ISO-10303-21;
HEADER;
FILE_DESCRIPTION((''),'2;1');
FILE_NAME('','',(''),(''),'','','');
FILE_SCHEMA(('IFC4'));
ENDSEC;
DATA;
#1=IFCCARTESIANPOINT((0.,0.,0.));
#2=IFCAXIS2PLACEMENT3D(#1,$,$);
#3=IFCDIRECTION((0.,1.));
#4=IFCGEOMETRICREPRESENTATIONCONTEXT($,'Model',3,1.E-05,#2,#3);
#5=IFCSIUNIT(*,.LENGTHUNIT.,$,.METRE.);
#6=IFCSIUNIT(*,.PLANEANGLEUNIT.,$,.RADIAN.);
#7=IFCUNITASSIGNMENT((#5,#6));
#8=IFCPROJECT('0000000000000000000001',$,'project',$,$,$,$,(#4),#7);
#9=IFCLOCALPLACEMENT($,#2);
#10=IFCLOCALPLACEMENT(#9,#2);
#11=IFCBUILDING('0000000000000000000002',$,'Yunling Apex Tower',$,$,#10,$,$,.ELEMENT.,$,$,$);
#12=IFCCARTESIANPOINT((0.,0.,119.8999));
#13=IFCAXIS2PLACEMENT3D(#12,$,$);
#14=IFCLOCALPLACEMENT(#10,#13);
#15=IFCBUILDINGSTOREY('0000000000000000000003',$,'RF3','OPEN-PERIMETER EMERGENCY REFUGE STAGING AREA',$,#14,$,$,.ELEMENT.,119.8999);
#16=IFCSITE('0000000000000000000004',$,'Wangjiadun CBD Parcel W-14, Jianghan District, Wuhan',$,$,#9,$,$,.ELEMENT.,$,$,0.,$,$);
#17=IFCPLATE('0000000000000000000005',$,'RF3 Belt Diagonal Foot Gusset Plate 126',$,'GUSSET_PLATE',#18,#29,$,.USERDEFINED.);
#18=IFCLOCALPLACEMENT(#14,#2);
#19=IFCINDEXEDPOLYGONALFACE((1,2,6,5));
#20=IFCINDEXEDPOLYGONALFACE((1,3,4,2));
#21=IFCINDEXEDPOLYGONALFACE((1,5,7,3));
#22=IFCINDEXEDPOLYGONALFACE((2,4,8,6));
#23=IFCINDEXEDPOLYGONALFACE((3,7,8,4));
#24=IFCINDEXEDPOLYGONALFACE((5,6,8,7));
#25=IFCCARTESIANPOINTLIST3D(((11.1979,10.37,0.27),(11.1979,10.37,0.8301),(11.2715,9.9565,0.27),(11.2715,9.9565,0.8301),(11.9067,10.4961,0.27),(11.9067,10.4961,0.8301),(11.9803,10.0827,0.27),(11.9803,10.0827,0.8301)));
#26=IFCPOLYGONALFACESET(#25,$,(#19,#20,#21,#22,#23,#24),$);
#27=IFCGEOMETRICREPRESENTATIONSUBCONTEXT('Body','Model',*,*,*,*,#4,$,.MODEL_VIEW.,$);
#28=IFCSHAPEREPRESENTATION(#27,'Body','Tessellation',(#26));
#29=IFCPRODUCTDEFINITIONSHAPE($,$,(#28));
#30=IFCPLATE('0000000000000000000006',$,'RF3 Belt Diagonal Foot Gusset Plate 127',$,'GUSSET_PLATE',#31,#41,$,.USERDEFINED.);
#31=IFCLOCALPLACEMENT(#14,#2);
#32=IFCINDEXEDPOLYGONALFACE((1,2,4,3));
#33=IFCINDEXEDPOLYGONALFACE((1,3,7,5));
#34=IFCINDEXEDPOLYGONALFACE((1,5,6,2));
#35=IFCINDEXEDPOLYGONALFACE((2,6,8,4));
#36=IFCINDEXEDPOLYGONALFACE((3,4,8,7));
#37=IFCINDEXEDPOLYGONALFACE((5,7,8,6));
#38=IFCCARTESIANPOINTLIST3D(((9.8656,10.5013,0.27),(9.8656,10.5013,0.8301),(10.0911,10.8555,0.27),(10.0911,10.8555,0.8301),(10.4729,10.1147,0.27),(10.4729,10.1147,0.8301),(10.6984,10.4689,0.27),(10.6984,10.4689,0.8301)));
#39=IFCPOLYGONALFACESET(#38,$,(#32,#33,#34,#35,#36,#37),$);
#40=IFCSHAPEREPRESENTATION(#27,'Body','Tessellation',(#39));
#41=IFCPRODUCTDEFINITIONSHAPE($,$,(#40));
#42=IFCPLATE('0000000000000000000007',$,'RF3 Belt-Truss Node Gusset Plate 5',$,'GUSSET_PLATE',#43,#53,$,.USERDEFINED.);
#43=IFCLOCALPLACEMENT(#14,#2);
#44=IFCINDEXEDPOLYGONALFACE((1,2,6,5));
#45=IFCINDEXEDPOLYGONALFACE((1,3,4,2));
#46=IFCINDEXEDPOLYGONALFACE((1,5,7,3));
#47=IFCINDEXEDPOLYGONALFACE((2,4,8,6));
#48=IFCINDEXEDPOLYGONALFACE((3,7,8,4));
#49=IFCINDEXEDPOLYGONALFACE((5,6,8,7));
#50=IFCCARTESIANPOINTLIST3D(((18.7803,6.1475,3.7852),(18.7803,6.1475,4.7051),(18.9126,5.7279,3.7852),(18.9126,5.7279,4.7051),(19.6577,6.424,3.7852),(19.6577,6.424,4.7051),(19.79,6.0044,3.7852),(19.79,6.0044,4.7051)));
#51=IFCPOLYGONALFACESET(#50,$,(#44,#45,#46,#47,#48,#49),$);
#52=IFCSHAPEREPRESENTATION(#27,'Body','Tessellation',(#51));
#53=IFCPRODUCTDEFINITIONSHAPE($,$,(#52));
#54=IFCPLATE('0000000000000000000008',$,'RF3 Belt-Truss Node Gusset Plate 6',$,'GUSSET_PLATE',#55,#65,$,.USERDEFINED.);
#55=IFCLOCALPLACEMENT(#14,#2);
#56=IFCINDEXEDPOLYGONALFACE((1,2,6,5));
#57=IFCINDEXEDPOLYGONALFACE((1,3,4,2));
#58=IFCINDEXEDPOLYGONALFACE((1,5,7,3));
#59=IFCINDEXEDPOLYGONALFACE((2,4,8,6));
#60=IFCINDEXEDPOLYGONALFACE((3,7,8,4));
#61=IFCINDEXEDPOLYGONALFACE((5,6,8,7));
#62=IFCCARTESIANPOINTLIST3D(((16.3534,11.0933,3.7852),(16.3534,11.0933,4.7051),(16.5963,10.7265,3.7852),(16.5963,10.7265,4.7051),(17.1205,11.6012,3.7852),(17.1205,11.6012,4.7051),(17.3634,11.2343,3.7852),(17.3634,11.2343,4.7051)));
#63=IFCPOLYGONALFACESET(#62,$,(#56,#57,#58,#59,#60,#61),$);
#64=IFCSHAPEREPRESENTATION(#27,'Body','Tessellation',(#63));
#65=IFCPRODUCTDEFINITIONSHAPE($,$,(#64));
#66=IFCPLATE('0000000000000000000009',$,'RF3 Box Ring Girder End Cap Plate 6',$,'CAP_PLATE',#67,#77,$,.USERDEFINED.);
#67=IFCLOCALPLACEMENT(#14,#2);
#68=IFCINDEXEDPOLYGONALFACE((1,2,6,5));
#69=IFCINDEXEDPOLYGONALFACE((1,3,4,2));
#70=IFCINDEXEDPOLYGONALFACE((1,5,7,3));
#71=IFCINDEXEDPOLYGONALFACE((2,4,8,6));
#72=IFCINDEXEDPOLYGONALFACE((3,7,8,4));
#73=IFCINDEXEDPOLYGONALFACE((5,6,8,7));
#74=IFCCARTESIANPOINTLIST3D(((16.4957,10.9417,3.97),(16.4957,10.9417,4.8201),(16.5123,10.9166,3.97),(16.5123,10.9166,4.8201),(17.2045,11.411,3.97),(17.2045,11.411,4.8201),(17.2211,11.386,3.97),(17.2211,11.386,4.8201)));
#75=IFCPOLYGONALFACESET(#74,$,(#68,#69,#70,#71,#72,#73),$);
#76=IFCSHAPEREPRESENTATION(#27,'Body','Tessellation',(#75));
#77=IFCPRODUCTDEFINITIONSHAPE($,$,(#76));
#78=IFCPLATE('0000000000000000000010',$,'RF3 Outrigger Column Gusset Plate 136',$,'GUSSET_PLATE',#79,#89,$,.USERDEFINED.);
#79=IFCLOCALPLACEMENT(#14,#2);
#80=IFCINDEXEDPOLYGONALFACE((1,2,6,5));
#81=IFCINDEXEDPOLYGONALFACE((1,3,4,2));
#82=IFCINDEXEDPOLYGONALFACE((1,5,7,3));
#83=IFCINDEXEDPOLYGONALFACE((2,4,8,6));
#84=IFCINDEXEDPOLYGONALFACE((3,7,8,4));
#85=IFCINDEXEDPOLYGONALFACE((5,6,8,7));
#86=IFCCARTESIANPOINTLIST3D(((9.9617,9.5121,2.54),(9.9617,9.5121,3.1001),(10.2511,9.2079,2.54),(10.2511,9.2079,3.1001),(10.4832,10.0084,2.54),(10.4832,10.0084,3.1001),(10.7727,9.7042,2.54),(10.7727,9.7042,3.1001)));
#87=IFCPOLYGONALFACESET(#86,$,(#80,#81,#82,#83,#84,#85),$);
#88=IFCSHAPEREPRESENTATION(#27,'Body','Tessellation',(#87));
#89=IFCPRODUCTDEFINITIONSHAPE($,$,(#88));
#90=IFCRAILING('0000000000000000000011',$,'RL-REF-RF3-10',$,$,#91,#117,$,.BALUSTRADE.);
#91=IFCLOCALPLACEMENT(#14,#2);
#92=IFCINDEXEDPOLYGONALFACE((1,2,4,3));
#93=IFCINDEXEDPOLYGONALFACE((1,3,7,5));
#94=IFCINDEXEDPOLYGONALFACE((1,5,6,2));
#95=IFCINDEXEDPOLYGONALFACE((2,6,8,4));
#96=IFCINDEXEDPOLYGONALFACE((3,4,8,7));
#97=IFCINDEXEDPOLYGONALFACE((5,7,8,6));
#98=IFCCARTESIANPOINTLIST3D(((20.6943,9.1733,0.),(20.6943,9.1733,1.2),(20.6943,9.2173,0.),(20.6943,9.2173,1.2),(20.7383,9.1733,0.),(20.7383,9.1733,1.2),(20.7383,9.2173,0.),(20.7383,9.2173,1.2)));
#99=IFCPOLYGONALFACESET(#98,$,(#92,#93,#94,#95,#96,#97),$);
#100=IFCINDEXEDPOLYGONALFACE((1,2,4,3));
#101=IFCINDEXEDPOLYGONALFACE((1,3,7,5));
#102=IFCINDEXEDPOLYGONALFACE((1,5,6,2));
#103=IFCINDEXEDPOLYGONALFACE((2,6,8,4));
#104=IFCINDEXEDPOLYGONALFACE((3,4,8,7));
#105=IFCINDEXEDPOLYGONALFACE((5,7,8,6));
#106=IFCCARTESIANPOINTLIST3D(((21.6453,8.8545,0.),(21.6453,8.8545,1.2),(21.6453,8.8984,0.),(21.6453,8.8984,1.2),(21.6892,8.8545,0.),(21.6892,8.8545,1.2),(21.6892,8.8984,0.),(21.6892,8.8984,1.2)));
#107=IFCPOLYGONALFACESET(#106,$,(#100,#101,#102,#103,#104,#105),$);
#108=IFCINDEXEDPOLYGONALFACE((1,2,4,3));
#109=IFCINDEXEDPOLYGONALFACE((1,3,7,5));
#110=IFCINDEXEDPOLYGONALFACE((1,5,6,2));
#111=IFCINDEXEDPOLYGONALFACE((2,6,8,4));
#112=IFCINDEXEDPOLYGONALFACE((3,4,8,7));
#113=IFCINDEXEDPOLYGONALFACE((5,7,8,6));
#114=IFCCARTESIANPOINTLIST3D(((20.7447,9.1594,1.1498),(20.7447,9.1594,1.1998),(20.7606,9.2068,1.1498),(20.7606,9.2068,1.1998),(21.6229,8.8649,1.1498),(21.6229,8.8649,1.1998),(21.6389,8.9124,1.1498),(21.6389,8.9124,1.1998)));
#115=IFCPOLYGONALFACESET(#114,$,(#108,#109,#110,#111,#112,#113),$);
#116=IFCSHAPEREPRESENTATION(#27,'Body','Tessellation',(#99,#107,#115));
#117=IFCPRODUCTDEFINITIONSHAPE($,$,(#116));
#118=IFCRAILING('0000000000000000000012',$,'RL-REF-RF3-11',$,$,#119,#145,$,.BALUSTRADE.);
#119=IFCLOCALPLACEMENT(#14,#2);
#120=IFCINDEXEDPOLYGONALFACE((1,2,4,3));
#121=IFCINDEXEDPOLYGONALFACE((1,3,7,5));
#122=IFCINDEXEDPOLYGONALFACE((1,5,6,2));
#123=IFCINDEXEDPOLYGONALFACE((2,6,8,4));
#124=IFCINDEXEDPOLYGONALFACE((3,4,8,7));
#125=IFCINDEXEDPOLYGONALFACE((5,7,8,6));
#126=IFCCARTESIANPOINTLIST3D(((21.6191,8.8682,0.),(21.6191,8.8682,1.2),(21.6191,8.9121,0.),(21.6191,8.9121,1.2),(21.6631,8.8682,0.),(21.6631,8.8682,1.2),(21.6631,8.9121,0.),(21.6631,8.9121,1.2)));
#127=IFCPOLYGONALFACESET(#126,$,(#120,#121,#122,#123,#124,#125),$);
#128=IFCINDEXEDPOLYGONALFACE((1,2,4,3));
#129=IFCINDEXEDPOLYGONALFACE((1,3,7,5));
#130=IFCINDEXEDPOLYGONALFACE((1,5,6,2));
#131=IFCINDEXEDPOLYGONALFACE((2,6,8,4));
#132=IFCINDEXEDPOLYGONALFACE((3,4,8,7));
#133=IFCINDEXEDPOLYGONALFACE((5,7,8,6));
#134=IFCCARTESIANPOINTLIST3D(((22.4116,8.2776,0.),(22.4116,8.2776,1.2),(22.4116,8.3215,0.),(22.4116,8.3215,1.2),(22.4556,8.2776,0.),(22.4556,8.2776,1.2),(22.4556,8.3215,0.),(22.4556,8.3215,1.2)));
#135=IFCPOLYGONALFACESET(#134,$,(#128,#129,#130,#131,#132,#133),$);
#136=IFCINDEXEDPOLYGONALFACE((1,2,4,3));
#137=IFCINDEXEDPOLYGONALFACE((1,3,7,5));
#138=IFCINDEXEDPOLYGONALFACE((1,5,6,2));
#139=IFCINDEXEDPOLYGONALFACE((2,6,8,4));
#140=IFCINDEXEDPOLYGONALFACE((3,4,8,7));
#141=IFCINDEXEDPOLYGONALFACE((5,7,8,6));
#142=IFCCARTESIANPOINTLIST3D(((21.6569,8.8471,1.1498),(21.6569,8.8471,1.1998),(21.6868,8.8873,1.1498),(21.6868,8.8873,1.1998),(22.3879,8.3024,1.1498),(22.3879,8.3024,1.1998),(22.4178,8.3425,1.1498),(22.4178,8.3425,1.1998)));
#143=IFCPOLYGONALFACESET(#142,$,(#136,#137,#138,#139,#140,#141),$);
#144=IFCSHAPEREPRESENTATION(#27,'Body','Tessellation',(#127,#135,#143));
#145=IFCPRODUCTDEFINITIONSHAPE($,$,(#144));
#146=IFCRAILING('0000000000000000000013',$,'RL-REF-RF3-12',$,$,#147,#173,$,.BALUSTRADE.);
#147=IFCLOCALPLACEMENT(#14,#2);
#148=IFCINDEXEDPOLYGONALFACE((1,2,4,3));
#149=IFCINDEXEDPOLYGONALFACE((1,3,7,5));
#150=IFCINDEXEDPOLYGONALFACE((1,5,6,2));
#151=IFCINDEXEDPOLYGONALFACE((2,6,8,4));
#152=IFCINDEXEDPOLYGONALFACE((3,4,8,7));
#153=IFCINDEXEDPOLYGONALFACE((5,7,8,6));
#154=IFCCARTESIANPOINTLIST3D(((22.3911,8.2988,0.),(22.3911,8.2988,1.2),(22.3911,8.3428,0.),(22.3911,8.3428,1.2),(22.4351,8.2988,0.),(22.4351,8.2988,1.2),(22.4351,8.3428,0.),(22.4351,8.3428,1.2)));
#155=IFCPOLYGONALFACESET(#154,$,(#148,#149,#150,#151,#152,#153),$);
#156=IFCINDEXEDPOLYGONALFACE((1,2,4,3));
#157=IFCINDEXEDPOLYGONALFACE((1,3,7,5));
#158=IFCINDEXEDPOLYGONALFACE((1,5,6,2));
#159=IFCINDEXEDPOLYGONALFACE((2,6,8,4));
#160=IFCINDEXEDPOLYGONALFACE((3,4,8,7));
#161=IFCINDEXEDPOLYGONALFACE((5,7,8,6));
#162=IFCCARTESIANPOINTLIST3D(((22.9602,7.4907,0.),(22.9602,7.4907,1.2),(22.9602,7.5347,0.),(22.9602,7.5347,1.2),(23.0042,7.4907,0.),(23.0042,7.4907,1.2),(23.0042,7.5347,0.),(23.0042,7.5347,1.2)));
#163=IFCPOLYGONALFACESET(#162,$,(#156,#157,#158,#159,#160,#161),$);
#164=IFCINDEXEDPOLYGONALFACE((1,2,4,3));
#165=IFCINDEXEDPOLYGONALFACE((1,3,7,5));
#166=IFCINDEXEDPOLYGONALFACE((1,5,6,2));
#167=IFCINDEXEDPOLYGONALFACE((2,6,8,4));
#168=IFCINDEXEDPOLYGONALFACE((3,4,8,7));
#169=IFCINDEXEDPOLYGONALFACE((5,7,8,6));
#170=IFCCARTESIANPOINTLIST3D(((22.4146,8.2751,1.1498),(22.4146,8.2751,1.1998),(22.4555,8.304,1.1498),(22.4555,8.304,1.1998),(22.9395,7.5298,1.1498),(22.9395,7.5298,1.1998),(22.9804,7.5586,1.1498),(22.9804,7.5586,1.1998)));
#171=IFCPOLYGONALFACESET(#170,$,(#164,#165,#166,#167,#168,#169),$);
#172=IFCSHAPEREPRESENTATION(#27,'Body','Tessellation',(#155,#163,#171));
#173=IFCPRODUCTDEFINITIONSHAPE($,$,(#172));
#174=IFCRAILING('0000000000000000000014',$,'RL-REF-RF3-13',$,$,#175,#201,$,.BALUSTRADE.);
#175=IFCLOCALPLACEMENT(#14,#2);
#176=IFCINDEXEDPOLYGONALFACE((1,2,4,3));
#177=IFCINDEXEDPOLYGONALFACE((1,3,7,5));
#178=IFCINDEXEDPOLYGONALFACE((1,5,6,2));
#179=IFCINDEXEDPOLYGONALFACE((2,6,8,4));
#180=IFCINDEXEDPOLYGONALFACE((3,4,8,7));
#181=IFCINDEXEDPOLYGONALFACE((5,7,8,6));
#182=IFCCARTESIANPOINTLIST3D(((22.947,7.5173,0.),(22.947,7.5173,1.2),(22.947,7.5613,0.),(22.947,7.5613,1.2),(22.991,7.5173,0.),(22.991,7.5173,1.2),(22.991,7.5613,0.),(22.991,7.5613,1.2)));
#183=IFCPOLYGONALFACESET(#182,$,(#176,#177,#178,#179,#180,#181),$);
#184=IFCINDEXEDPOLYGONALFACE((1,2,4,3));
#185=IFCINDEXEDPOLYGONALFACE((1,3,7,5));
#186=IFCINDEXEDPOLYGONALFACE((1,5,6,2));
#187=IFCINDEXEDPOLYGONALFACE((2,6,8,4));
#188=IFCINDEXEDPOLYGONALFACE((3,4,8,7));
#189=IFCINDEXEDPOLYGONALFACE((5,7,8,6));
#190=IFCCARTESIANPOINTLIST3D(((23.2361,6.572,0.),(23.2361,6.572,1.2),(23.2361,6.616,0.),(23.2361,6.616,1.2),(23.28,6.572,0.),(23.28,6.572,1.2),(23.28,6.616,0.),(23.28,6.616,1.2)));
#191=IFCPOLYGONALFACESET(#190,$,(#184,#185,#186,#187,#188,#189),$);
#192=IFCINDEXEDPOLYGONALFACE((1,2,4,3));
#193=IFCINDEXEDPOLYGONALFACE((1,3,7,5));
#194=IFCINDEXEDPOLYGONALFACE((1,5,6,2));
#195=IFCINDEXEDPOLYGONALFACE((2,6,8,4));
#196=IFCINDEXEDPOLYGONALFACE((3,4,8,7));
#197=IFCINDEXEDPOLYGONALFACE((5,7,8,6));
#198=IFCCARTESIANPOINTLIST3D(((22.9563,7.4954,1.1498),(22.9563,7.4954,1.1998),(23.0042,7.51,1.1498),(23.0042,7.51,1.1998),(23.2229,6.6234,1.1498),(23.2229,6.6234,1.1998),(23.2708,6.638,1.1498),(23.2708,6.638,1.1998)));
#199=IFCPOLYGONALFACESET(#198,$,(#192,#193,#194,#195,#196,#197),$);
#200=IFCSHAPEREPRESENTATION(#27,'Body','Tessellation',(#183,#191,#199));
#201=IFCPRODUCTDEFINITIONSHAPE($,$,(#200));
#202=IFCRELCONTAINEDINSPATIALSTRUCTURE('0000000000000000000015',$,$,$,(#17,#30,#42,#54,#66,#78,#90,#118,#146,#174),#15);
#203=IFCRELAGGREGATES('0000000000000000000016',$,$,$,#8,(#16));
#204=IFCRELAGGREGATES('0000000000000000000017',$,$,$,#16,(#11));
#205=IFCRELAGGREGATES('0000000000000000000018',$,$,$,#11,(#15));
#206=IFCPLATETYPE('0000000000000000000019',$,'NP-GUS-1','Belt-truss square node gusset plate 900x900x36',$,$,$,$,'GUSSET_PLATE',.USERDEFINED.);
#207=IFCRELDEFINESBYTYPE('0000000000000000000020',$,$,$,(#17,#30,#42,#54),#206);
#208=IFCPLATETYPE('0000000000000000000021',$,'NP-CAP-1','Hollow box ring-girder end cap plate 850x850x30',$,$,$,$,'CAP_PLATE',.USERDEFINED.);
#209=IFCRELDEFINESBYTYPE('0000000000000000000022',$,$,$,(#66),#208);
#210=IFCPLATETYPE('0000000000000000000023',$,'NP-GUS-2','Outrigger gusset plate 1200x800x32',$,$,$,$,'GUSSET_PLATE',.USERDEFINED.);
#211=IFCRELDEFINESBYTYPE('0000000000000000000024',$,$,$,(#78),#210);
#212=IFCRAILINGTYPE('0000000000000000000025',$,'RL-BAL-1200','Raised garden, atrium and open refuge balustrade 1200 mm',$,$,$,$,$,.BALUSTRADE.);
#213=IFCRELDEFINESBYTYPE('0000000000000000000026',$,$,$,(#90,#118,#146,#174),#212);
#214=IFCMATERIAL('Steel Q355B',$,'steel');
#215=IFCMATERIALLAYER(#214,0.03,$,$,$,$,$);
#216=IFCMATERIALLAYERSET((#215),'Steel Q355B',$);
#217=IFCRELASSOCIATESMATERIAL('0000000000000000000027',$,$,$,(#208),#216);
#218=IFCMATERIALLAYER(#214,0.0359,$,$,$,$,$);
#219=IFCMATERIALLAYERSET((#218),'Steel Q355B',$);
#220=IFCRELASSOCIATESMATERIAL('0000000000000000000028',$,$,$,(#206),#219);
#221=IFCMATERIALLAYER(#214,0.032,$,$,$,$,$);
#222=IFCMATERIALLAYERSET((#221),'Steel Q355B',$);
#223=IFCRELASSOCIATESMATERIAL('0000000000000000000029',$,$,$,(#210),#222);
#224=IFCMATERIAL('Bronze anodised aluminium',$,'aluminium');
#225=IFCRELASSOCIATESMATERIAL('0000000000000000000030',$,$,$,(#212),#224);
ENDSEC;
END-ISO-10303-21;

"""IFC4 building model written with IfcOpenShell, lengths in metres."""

from ifc_helpers import new_model, si_unit, direction, frame, origin, origin_2d, place, context, subcontext, project, spatial, rectangle, extrude, source, transform, mapped, material, layer, layer_set, type_object, element, save


model = new_model("IFC4")

# Units and contexts
model_context = context("Model", 3, precision=1e-05, world=origin(), true_north=direction((0.0, 1.0)))
body_context = subcontext(model_context, "Body", "Model", "MODEL_VIEW")
ifc_project = project(units=[si_unit("LENGTHUNIT", "METRE"), si_unit("PLANEANGLEUNIT", "RADIAN")], contexts=[model_context])

# Site, building, storey
site_placement = place(None, origin())
site = spatial("IfcSite", under=ifc_project, at=site_placement, Name="Wangjiadun CBD Parcel W-14, Jianghan District, Wuhan", CompositionType="ELEMENT", RefElevation=0.0)
building_placement = place(site_placement, origin())
building = spatial("IfcBuilding", under=site, at=building_placement, Name="Yunling Apex Tower", CompositionType="ELEMENT")
storey_placement = place(building_placement, frame((0.0, 0.0, 119.8999)))
storey = spatial("IfcBuildingStorey", under=building, at=storey_placement, Name="RF3", Description="OPEN-PERIMETER EMERGENCY REFUGE STAGING AREA", CompositionType="ELEMENT", Elevation=119.8999)

# Shared definitions
ifc_material_1 = material(Name="Steel Q355B", Category="steel")

# Plates
ifc_layer_1 = layer(ifc_material_1, 0.03)
ifc_layer_set_1 = layer_set([ifc_layer_1], Name="Steel Q355B")
plate_type_1 = type_object("IfcPlateType", Name="NP-CAP-1", Description="Hollow box ring-girder end cap plate 850x850x30", ElementType="CAP_PLATE", PredefinedType="USERDEFINED", material=ifc_layer_set_1)
ifc_layer_2 = layer(ifc_material_1, 0.0359)
ifc_layer_set_2 = layer_set([ifc_layer_2], Name="Steel Q355B")
plate_type_2 = type_object("IfcPlateType", Name="NP-GUS-1", Description="Belt-truss square node gusset plate 900x900x36", ElementType="GUSSET_PLATE", PredefinedType="USERDEFINED", material=ifc_layer_set_2)
shared_shape_1 = source(origin(), body_context, "Body", "SweptSolid", [
    extrude(rectangle(XDim=0.72, YDim=0.4199, at=origin_2d()), origin(), (0.0, 0.0, 1.0), 0.5601),
])
for number, where, z_axis, x_axis, name in (
    (1, (11.5891, 10.2263, 0.27), (0.0, 0.0, 1.0), (0.984534, 0.175195, 0.0), "RF3 Belt Diagonal Foot Gusset Plate 126"),
    (2, (10.282, 10.4851, 0.27), (0.0, 0.0, 1.0), (-0.843579, 0.537005, 0.0), "RF3 Belt Diagonal Foot Gusset Plate 127"),
):
    element("IfcPlate", number, at=place(storey_placement, frame(where, z_axis=z_axis, x_axis=x_axis)), inside=storey, type_object=plate_type_2, Name=name, ObjectType="GUSSET_PLATE", PredefinedType="USERDEFINED", context=body_context, shape_type="MappedRepresentation", body=[
        mapped(shared_shape_1, transform((0.0, 0.0, 0.0), scale=1.0)),
    ])
shared_shape_2 = source(origin(), body_context, "Body", "SweptSolid", [
    extrude(rectangle(XDim=0.9199, YDim=0.4399, at=origin_2d()), origin(), (0.0, 0.0, 1.0), 0.9199),
])
for number, where, z_axis, x_axis, name in (
    (3, (19.2852, 6.0759, 3.7852), (0.0, 0.0, 1.0), (0.953769, 0.300539, 0.0), "RF3 Belt-Truss Node Gusset Plate 5"),
    (4, (16.8584, 11.1638, 3.7852), (0.0, 0.0, 1.0), (0.833789, 0.552083, 0.0), "RF3 Belt-Truss Node Gusset Plate 6"),
):
    element("IfcPlate", number, at=place(storey_placement, frame(where, z_axis=z_axis, x_axis=x_axis)), inside=storey, type_object=plate_type_2, Name=name, ObjectType="GUSSET_PLATE", PredefinedType="USERDEFINED", context=body_context, shape_type="MappedRepresentation", body=[
        mapped(shared_shape_2, transform((0.0, 0.0, 0.0), scale=1.0)),
    ])
shared_shape_3 = source(origin(), body_context, "Body", "SweptSolid", [
    extrude(rectangle(XDim=0.8501, YDim=0.03, at=origin_2d()), origin(), (0.0, 0.0, 1.0), 0.8501),
])
plate_1_placement = place(storey_placement, frame((16.8584, 11.1638, 3.97), z_axis=(0.0, 0.0, 1.0), x_axis=(0.833789, 0.552083, 0.0)))
element("IfcPlate", 5, at=plate_1_placement, inside=storey, type_object=plate_type_1, Name="RF3 Box Ring Girder End Cap Plate 6", ObjectType="CAP_PLATE", PredefinedType="USERDEFINED", context=body_context, shape_type="MappedRepresentation", body=[
    mapped(shared_shape_3, transform((0.0, 0.0, 0.0), scale=1.0)),
])
ifc_layer_3 = layer(ifc_material_1, 0.032)
ifc_layer_set_3 = layer_set([ifc_layer_3], Name="Steel Q355B")
plate_type_3 = type_object("IfcPlateType", Name="NP-GUS-2", Description="Outrigger gusset plate 1200x800x32", ElementType="GUSSET_PLATE", PredefinedType="USERDEFINED", material=ifc_layer_set_3)
shared_shape_4 = source(origin(), body_context, "Body", "SweptSolid", [
    extrude(rectangle(XDim=0.72, YDim=0.4199, at=origin_2d()), origin(), (0.0, 0.0, 1.0), 0.5601),
])
plate_2_placement = place(storey_placement, frame((10.3672, 9.6082, 2.54), z_axis=(0.0, 0.0, 1.0), x_axis=(0.724413, 0.689367, 0.0)))
element("IfcPlate", 6, at=plate_2_placement, inside=storey, type_object=plate_type_3, Name="RF3 Outrigger Column Gusset Plate 136", ObjectType="GUSSET_PLATE", PredefinedType="USERDEFINED", context=body_context, shape_type="MappedRepresentation", body=[
    mapped(shared_shape_4, transform((0.0, 0.0, 0.0), scale=1.0)),
])

# Railings
ifc_material_2 = material(Name="Bronze anodised aluminium", Category="aluminium")
railing_type = type_object("IfcRailingType", Name="RL-BAL-1200", Description="Raised garden, atrium and open refuge balustrade 1200 mm", PredefinedType="BALUSTRADE", material=ifc_material_2)
railing_1_placement = place(storey_placement, frame((20.7163, 9.1953, 0.0)))
element("IfcRailing", 7, at=railing_1_placement, inside=storey, type_object=railing_type, Name="RL-REF-RF3-10", PredefinedType="BALUSTRADE", context=body_context, shape_type="SweptSolid", body=[
    extrude(rectangle(XDim=0.0439, YDim=0.0439, at=origin_2d()), origin(), (0.0, 0.0, 1.0), 1.2),
    extrude(rectangle(XDim=0.0439, YDim=0.0439, at=origin_2d()), frame((0.9509, -0.3188, 0.0)), (0.0, 0.0, 1.0), 1.2),
    extrude(rectangle(XDim=0.05, YDim=0.05, at=origin_2d()), frame((0.0364, -0.0122, 1.1748), z_axis=(0.948122, -0.317907, 0.0), x_axis=(0.317907, 0.948122, 0.0)), (0.0, 0.0, 1.0), 0.9263),
])
railing_2_placement = place(storey_placement, frame((21.6411, 8.8901, 0.0)))
element("IfcRailing", 8, at=railing_2_placement, inside=storey, type_object=railing_type, Name="RL-REF-RF3-11", PredefinedType="BALUSTRADE", context=body_context, shape_type="SweptSolid", body=[
    extrude(rectangle(XDim=0.0439, YDim=0.0439, at=origin_2d()), origin(), (0.0, 0.0, 1.0), 1.2),
    extrude(rectangle(XDim=0.0439, YDim=0.0439, at=origin_2d()), frame((0.7925, -0.5906, 0.0)), (0.0, 0.0, 1.0), 1.2),
    extrude(rectangle(XDim=0.05, YDim=0.05, at=origin_2d()), frame((0.0308, -0.0229, 1.1748), z_axis=(0.801834, -0.597547, 0.0), x_axis=(0.597547, 0.801834, 0.0)), (0.0, 0.0, 1.0), 0.9116),
])
railing_3_placement = place(storey_placement, frame((22.4131, 8.3208, 0.0)))
element("IfcRailing", 9, at=railing_3_placement, inside=storey, type_object=railing_type, Name="RL-REF-RF3-12", PredefinedType="BALUSTRADE", context=body_context, shape_type="SweptSolid", body=[
    extrude(rectangle(XDim=0.0439, YDim=0.0439, at=origin_2d()), origin(), (0.0, 0.0, 1.0), 1.2),
    extrude(rectangle(XDim=0.0439, YDim=0.0439, at=origin_2d()), frame((0.5691, -0.8081, 0.0)), (0.0, 0.0, 1.0), 1.2),
    extrude(rectangle(XDim=0.05, YDim=0.05, at=origin_2d()), frame((0.022, -0.0312, 1.1748), z_axis=(0.575781, -0.817604, 0.0), x_axis=(0.817604, 0.575781, 0.0)), (0.0, 0.0, 1.0), 0.9116),
])
railing_4_placement = place(storey_placement, frame((22.969, 7.5393, 0.0)))
element("IfcRailing", 10, at=railing_4_placement, inside=storey, type_object=railing_type, Name="RL-REF-RF3-13", PredefinedType="BALUSTRADE", context=body_context, shape_type="SweptSolid", body=[
    extrude(rectangle(XDim=0.0439, YDim=0.0439, at=origin_2d()), origin(), (0.0, 0.0, 1.0), 1.2),
    extrude(rectangle(XDim=0.0439, YDim=0.0439, at=origin_2d()), frame((0.2891, -0.9453, 0.0)), (0.0, 0.0, 1.0), 1.2),
    extrude(rectangle(XDim=0.05, YDim=0.05, at=origin_2d()), frame((0.0112, -0.0366, 1.1748), z_axis=(0.292419, -0.95629, 0.0), x_axis=(0.95629, 0.292419, 0.0)), (0.0, 0.0, 1.0), 0.9119),
])

save(model, "model.ifc")
